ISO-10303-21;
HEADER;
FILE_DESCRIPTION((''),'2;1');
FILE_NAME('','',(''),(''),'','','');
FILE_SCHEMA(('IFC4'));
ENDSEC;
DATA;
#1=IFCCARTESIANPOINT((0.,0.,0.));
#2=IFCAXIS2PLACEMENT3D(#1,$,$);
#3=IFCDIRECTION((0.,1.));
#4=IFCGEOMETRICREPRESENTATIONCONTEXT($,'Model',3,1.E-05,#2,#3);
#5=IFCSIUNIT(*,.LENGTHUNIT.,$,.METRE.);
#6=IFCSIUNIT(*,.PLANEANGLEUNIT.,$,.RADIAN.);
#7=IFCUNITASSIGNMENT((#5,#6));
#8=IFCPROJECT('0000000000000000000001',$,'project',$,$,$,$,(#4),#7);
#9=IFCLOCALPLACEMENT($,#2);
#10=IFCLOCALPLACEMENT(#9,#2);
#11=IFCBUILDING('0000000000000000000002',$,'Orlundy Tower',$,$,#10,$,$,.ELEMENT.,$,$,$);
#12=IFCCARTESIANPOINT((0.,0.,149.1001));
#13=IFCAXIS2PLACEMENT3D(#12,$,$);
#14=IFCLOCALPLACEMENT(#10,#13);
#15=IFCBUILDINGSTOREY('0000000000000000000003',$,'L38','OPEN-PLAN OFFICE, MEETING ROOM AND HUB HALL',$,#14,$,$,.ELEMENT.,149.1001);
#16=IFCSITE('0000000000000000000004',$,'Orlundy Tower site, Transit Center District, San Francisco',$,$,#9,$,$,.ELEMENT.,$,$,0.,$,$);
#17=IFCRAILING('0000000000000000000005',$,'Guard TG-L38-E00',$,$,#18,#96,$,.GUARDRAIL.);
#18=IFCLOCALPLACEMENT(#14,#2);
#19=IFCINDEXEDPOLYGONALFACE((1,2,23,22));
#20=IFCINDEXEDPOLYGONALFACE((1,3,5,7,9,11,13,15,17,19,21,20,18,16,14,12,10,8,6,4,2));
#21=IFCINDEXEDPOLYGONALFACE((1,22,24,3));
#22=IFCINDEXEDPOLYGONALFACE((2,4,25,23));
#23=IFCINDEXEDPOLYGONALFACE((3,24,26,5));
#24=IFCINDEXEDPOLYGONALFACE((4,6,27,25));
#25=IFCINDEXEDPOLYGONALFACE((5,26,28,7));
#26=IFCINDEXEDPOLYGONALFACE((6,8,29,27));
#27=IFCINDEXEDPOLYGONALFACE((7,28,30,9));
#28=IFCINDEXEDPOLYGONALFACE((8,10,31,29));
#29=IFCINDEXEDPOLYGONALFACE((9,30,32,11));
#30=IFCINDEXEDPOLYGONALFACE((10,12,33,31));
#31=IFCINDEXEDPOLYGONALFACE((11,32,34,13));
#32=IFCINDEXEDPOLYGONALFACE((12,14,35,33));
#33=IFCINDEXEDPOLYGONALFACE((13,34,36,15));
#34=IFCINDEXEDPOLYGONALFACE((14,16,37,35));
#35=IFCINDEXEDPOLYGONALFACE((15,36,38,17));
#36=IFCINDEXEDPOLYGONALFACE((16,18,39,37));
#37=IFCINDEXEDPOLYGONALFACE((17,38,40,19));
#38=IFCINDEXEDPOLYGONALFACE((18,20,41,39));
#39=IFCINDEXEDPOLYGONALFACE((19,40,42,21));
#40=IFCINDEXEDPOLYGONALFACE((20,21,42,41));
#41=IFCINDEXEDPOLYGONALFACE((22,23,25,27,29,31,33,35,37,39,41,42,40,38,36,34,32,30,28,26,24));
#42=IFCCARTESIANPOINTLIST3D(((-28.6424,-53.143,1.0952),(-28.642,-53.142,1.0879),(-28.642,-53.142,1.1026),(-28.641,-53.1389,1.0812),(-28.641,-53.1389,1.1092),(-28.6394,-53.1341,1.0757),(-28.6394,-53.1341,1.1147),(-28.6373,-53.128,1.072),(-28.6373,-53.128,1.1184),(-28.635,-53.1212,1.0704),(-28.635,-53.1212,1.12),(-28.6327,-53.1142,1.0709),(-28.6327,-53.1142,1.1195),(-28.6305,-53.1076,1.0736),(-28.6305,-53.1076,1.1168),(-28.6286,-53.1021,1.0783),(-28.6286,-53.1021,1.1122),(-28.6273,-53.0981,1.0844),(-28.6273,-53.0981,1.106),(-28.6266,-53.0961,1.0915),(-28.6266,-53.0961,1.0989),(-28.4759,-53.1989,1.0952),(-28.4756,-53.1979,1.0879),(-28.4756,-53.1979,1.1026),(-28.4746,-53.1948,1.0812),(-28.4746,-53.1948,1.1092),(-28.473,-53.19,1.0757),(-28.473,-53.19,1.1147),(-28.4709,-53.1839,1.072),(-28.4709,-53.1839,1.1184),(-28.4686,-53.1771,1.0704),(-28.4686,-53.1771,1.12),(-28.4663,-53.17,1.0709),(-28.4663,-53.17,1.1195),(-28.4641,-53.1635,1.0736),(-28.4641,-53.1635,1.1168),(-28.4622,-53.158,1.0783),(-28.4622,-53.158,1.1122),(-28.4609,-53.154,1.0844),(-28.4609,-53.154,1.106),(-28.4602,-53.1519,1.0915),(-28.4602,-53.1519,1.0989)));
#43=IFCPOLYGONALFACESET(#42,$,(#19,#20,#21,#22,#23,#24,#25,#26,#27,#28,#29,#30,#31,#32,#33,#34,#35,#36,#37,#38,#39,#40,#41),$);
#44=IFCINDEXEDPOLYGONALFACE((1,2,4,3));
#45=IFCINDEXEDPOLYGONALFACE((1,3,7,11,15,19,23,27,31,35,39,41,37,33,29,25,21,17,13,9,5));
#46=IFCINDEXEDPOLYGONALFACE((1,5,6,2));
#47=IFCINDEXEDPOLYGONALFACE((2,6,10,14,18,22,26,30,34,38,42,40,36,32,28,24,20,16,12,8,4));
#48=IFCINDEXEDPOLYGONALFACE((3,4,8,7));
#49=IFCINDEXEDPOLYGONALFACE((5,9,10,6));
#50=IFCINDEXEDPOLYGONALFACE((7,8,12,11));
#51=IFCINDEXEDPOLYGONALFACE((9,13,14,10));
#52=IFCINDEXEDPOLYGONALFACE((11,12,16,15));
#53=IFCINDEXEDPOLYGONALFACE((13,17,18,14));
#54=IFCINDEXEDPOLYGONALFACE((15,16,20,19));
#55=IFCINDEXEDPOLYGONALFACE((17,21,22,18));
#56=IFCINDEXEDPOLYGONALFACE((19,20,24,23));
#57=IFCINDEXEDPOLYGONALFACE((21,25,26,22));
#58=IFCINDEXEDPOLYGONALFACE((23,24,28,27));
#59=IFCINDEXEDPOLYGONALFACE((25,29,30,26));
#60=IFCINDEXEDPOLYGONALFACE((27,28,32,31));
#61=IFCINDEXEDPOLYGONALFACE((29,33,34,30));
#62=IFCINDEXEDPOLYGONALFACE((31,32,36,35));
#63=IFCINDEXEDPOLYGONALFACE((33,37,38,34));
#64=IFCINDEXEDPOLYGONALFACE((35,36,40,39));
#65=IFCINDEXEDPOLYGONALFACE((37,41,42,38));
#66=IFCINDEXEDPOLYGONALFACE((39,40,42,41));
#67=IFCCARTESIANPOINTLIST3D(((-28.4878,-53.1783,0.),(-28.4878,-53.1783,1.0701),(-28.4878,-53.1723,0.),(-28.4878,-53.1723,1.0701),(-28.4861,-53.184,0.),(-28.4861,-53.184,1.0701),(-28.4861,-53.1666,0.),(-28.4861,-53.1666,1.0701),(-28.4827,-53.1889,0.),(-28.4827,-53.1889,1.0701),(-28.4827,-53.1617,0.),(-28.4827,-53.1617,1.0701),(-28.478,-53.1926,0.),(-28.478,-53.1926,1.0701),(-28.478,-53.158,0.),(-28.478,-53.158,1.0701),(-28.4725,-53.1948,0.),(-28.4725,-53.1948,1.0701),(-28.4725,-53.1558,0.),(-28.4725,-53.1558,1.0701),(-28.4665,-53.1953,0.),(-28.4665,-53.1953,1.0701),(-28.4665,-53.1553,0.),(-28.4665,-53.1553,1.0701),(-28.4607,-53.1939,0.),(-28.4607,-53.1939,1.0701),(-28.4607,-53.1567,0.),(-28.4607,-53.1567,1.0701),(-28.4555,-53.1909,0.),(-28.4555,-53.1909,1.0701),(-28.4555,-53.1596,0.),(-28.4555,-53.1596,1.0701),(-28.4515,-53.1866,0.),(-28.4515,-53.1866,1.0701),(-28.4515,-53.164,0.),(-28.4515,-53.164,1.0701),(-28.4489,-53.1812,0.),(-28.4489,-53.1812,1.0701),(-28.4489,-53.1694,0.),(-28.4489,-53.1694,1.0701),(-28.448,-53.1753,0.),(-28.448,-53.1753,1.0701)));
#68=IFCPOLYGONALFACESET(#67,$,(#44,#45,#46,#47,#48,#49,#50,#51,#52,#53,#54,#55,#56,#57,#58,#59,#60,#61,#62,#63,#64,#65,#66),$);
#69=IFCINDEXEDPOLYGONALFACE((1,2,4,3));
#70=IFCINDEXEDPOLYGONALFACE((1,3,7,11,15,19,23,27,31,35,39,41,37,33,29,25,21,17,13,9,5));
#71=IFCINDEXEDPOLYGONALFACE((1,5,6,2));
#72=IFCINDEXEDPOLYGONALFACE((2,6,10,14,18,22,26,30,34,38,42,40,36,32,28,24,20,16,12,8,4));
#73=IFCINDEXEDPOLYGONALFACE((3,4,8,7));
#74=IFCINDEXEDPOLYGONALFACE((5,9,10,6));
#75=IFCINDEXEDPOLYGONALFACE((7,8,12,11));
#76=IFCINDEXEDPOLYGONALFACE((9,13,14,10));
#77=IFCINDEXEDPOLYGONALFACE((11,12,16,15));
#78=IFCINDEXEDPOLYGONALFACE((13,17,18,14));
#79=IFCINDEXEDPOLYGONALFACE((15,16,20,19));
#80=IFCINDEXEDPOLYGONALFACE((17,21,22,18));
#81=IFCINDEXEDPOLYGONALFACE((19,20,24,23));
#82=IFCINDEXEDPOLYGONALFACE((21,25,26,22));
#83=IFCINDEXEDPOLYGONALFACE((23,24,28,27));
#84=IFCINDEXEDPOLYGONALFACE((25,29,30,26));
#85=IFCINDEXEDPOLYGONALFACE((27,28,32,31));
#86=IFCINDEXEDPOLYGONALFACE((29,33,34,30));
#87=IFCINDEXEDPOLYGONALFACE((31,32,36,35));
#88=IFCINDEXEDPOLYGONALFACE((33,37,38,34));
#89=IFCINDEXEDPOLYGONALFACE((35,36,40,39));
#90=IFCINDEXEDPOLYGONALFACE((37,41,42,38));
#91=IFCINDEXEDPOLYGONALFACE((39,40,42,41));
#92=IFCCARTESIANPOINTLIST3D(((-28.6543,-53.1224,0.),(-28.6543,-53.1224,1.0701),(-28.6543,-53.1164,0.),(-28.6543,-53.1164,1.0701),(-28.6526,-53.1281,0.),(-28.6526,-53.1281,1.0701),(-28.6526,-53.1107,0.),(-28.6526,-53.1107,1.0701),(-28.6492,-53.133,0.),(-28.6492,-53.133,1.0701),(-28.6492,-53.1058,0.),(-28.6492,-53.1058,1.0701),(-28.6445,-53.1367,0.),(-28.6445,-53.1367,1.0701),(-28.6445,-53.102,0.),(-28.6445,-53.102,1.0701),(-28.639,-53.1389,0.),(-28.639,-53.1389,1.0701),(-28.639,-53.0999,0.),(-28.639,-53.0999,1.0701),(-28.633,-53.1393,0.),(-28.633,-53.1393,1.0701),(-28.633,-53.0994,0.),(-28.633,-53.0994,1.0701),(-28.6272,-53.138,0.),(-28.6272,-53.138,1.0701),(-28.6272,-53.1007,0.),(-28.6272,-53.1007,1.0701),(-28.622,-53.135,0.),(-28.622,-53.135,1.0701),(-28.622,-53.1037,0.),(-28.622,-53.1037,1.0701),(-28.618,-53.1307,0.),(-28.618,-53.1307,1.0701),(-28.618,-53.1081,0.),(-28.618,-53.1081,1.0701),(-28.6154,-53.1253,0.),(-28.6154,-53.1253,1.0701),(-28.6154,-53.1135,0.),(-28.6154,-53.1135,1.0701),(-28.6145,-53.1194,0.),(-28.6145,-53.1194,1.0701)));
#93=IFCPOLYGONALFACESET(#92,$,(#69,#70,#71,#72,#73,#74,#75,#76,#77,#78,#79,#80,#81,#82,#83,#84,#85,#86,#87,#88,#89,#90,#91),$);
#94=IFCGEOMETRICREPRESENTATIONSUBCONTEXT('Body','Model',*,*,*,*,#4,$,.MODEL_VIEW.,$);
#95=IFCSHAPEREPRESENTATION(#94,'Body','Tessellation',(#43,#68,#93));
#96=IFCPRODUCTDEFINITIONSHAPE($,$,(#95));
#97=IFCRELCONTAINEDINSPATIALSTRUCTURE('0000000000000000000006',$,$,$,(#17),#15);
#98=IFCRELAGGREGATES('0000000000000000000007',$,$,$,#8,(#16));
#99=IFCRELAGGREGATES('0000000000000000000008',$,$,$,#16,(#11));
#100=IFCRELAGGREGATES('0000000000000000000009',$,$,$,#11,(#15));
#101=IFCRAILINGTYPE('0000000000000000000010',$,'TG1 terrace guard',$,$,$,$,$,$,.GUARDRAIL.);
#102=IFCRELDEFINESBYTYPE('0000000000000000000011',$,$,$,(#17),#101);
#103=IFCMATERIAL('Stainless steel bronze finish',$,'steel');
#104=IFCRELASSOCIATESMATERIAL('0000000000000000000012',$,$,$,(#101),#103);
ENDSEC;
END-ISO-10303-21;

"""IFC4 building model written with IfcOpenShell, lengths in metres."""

from ifc_helpers import new_model, si_unit, direction, frame, origin, origin_2d, place, context, subcontext, project, spatial, circle, extrude, material, type_object, element, save


model = new_model("IFC4")

# Units and contexts
model_context = context("Model", 3, precision=1e-05, world=origin(), true_north=direction((0.0, 1.0)))
body_context = subcontext(model_context, "Body", "Model", "MODEL_VIEW")
ifc_project = project(units=[si_unit("LENGTHUNIT", "METRE"), si_unit("PLANEANGLEUNIT", "RADIAN")], contexts=[model_context])

# Site, building, storey
site_placement = place(None, origin())
site = spatial("IfcSite", under=ifc_project, at=site_placement, Name="Orlundy Tower site, Transit Center District, San Francisco", CompositionType="ELEMENT", RefElevation=0.0)
building_placement = place(site_placement, origin())
building = spatial("IfcBuilding", under=site, at=building_placement, Name="Orlundy Tower", CompositionType="ELEMENT")
storey_placement = place(building_placement, frame((0.0, 0.0, 149.1001)))
storey = spatial("IfcBuildingStorey", under=building, at=storey_placement, Name="L38", Description="OPEN-PLAN OFFICE, MEETING ROOM AND HUB HALL", CompositionType="ELEMENT", Elevation=149.1001)

# Railing
ifc_material_1 = material(Name="Stainless steel bronze finish", Category="steel")
railing_type = type_object("IfcRailingType", Name="TG1 terrace guard", PredefinedType="GUARDRAIL", material=ifc_material_1)
railing_placement = place(storey_placement, frame((-28.468, -53.1753, 0.0)))
element("IfcRailing", 1, at=railing_placement, inside=storey, type_object=railing_type, Name="Guard TG-L38-E00", PredefinedType="GUARDRAIL", context=body_context, shape_type="SweptSolid", body=[
    extrude(circle(Radius=0.0249, at=origin_2d()), frame((0.0, 0.0, 1.0952), z_axis=(-0.947986, 0.318312, 0.0), x_axis=(-0.318312, -0.947986, 0.0)), (0.0, 0.0, 1.0), 0.1755),
    extrude(circle(Radius=0.02, at=origin_2d()), origin(), (0.0, 0.0, 1.0), 1.0701),
    extrude(circle(Radius=0.02, at=origin_2d()), frame((-0.1665, 0.0559, 0.0)), (0.0, 0.0, 1.0), 1.0701),
])

save(model, "model.ifc")
